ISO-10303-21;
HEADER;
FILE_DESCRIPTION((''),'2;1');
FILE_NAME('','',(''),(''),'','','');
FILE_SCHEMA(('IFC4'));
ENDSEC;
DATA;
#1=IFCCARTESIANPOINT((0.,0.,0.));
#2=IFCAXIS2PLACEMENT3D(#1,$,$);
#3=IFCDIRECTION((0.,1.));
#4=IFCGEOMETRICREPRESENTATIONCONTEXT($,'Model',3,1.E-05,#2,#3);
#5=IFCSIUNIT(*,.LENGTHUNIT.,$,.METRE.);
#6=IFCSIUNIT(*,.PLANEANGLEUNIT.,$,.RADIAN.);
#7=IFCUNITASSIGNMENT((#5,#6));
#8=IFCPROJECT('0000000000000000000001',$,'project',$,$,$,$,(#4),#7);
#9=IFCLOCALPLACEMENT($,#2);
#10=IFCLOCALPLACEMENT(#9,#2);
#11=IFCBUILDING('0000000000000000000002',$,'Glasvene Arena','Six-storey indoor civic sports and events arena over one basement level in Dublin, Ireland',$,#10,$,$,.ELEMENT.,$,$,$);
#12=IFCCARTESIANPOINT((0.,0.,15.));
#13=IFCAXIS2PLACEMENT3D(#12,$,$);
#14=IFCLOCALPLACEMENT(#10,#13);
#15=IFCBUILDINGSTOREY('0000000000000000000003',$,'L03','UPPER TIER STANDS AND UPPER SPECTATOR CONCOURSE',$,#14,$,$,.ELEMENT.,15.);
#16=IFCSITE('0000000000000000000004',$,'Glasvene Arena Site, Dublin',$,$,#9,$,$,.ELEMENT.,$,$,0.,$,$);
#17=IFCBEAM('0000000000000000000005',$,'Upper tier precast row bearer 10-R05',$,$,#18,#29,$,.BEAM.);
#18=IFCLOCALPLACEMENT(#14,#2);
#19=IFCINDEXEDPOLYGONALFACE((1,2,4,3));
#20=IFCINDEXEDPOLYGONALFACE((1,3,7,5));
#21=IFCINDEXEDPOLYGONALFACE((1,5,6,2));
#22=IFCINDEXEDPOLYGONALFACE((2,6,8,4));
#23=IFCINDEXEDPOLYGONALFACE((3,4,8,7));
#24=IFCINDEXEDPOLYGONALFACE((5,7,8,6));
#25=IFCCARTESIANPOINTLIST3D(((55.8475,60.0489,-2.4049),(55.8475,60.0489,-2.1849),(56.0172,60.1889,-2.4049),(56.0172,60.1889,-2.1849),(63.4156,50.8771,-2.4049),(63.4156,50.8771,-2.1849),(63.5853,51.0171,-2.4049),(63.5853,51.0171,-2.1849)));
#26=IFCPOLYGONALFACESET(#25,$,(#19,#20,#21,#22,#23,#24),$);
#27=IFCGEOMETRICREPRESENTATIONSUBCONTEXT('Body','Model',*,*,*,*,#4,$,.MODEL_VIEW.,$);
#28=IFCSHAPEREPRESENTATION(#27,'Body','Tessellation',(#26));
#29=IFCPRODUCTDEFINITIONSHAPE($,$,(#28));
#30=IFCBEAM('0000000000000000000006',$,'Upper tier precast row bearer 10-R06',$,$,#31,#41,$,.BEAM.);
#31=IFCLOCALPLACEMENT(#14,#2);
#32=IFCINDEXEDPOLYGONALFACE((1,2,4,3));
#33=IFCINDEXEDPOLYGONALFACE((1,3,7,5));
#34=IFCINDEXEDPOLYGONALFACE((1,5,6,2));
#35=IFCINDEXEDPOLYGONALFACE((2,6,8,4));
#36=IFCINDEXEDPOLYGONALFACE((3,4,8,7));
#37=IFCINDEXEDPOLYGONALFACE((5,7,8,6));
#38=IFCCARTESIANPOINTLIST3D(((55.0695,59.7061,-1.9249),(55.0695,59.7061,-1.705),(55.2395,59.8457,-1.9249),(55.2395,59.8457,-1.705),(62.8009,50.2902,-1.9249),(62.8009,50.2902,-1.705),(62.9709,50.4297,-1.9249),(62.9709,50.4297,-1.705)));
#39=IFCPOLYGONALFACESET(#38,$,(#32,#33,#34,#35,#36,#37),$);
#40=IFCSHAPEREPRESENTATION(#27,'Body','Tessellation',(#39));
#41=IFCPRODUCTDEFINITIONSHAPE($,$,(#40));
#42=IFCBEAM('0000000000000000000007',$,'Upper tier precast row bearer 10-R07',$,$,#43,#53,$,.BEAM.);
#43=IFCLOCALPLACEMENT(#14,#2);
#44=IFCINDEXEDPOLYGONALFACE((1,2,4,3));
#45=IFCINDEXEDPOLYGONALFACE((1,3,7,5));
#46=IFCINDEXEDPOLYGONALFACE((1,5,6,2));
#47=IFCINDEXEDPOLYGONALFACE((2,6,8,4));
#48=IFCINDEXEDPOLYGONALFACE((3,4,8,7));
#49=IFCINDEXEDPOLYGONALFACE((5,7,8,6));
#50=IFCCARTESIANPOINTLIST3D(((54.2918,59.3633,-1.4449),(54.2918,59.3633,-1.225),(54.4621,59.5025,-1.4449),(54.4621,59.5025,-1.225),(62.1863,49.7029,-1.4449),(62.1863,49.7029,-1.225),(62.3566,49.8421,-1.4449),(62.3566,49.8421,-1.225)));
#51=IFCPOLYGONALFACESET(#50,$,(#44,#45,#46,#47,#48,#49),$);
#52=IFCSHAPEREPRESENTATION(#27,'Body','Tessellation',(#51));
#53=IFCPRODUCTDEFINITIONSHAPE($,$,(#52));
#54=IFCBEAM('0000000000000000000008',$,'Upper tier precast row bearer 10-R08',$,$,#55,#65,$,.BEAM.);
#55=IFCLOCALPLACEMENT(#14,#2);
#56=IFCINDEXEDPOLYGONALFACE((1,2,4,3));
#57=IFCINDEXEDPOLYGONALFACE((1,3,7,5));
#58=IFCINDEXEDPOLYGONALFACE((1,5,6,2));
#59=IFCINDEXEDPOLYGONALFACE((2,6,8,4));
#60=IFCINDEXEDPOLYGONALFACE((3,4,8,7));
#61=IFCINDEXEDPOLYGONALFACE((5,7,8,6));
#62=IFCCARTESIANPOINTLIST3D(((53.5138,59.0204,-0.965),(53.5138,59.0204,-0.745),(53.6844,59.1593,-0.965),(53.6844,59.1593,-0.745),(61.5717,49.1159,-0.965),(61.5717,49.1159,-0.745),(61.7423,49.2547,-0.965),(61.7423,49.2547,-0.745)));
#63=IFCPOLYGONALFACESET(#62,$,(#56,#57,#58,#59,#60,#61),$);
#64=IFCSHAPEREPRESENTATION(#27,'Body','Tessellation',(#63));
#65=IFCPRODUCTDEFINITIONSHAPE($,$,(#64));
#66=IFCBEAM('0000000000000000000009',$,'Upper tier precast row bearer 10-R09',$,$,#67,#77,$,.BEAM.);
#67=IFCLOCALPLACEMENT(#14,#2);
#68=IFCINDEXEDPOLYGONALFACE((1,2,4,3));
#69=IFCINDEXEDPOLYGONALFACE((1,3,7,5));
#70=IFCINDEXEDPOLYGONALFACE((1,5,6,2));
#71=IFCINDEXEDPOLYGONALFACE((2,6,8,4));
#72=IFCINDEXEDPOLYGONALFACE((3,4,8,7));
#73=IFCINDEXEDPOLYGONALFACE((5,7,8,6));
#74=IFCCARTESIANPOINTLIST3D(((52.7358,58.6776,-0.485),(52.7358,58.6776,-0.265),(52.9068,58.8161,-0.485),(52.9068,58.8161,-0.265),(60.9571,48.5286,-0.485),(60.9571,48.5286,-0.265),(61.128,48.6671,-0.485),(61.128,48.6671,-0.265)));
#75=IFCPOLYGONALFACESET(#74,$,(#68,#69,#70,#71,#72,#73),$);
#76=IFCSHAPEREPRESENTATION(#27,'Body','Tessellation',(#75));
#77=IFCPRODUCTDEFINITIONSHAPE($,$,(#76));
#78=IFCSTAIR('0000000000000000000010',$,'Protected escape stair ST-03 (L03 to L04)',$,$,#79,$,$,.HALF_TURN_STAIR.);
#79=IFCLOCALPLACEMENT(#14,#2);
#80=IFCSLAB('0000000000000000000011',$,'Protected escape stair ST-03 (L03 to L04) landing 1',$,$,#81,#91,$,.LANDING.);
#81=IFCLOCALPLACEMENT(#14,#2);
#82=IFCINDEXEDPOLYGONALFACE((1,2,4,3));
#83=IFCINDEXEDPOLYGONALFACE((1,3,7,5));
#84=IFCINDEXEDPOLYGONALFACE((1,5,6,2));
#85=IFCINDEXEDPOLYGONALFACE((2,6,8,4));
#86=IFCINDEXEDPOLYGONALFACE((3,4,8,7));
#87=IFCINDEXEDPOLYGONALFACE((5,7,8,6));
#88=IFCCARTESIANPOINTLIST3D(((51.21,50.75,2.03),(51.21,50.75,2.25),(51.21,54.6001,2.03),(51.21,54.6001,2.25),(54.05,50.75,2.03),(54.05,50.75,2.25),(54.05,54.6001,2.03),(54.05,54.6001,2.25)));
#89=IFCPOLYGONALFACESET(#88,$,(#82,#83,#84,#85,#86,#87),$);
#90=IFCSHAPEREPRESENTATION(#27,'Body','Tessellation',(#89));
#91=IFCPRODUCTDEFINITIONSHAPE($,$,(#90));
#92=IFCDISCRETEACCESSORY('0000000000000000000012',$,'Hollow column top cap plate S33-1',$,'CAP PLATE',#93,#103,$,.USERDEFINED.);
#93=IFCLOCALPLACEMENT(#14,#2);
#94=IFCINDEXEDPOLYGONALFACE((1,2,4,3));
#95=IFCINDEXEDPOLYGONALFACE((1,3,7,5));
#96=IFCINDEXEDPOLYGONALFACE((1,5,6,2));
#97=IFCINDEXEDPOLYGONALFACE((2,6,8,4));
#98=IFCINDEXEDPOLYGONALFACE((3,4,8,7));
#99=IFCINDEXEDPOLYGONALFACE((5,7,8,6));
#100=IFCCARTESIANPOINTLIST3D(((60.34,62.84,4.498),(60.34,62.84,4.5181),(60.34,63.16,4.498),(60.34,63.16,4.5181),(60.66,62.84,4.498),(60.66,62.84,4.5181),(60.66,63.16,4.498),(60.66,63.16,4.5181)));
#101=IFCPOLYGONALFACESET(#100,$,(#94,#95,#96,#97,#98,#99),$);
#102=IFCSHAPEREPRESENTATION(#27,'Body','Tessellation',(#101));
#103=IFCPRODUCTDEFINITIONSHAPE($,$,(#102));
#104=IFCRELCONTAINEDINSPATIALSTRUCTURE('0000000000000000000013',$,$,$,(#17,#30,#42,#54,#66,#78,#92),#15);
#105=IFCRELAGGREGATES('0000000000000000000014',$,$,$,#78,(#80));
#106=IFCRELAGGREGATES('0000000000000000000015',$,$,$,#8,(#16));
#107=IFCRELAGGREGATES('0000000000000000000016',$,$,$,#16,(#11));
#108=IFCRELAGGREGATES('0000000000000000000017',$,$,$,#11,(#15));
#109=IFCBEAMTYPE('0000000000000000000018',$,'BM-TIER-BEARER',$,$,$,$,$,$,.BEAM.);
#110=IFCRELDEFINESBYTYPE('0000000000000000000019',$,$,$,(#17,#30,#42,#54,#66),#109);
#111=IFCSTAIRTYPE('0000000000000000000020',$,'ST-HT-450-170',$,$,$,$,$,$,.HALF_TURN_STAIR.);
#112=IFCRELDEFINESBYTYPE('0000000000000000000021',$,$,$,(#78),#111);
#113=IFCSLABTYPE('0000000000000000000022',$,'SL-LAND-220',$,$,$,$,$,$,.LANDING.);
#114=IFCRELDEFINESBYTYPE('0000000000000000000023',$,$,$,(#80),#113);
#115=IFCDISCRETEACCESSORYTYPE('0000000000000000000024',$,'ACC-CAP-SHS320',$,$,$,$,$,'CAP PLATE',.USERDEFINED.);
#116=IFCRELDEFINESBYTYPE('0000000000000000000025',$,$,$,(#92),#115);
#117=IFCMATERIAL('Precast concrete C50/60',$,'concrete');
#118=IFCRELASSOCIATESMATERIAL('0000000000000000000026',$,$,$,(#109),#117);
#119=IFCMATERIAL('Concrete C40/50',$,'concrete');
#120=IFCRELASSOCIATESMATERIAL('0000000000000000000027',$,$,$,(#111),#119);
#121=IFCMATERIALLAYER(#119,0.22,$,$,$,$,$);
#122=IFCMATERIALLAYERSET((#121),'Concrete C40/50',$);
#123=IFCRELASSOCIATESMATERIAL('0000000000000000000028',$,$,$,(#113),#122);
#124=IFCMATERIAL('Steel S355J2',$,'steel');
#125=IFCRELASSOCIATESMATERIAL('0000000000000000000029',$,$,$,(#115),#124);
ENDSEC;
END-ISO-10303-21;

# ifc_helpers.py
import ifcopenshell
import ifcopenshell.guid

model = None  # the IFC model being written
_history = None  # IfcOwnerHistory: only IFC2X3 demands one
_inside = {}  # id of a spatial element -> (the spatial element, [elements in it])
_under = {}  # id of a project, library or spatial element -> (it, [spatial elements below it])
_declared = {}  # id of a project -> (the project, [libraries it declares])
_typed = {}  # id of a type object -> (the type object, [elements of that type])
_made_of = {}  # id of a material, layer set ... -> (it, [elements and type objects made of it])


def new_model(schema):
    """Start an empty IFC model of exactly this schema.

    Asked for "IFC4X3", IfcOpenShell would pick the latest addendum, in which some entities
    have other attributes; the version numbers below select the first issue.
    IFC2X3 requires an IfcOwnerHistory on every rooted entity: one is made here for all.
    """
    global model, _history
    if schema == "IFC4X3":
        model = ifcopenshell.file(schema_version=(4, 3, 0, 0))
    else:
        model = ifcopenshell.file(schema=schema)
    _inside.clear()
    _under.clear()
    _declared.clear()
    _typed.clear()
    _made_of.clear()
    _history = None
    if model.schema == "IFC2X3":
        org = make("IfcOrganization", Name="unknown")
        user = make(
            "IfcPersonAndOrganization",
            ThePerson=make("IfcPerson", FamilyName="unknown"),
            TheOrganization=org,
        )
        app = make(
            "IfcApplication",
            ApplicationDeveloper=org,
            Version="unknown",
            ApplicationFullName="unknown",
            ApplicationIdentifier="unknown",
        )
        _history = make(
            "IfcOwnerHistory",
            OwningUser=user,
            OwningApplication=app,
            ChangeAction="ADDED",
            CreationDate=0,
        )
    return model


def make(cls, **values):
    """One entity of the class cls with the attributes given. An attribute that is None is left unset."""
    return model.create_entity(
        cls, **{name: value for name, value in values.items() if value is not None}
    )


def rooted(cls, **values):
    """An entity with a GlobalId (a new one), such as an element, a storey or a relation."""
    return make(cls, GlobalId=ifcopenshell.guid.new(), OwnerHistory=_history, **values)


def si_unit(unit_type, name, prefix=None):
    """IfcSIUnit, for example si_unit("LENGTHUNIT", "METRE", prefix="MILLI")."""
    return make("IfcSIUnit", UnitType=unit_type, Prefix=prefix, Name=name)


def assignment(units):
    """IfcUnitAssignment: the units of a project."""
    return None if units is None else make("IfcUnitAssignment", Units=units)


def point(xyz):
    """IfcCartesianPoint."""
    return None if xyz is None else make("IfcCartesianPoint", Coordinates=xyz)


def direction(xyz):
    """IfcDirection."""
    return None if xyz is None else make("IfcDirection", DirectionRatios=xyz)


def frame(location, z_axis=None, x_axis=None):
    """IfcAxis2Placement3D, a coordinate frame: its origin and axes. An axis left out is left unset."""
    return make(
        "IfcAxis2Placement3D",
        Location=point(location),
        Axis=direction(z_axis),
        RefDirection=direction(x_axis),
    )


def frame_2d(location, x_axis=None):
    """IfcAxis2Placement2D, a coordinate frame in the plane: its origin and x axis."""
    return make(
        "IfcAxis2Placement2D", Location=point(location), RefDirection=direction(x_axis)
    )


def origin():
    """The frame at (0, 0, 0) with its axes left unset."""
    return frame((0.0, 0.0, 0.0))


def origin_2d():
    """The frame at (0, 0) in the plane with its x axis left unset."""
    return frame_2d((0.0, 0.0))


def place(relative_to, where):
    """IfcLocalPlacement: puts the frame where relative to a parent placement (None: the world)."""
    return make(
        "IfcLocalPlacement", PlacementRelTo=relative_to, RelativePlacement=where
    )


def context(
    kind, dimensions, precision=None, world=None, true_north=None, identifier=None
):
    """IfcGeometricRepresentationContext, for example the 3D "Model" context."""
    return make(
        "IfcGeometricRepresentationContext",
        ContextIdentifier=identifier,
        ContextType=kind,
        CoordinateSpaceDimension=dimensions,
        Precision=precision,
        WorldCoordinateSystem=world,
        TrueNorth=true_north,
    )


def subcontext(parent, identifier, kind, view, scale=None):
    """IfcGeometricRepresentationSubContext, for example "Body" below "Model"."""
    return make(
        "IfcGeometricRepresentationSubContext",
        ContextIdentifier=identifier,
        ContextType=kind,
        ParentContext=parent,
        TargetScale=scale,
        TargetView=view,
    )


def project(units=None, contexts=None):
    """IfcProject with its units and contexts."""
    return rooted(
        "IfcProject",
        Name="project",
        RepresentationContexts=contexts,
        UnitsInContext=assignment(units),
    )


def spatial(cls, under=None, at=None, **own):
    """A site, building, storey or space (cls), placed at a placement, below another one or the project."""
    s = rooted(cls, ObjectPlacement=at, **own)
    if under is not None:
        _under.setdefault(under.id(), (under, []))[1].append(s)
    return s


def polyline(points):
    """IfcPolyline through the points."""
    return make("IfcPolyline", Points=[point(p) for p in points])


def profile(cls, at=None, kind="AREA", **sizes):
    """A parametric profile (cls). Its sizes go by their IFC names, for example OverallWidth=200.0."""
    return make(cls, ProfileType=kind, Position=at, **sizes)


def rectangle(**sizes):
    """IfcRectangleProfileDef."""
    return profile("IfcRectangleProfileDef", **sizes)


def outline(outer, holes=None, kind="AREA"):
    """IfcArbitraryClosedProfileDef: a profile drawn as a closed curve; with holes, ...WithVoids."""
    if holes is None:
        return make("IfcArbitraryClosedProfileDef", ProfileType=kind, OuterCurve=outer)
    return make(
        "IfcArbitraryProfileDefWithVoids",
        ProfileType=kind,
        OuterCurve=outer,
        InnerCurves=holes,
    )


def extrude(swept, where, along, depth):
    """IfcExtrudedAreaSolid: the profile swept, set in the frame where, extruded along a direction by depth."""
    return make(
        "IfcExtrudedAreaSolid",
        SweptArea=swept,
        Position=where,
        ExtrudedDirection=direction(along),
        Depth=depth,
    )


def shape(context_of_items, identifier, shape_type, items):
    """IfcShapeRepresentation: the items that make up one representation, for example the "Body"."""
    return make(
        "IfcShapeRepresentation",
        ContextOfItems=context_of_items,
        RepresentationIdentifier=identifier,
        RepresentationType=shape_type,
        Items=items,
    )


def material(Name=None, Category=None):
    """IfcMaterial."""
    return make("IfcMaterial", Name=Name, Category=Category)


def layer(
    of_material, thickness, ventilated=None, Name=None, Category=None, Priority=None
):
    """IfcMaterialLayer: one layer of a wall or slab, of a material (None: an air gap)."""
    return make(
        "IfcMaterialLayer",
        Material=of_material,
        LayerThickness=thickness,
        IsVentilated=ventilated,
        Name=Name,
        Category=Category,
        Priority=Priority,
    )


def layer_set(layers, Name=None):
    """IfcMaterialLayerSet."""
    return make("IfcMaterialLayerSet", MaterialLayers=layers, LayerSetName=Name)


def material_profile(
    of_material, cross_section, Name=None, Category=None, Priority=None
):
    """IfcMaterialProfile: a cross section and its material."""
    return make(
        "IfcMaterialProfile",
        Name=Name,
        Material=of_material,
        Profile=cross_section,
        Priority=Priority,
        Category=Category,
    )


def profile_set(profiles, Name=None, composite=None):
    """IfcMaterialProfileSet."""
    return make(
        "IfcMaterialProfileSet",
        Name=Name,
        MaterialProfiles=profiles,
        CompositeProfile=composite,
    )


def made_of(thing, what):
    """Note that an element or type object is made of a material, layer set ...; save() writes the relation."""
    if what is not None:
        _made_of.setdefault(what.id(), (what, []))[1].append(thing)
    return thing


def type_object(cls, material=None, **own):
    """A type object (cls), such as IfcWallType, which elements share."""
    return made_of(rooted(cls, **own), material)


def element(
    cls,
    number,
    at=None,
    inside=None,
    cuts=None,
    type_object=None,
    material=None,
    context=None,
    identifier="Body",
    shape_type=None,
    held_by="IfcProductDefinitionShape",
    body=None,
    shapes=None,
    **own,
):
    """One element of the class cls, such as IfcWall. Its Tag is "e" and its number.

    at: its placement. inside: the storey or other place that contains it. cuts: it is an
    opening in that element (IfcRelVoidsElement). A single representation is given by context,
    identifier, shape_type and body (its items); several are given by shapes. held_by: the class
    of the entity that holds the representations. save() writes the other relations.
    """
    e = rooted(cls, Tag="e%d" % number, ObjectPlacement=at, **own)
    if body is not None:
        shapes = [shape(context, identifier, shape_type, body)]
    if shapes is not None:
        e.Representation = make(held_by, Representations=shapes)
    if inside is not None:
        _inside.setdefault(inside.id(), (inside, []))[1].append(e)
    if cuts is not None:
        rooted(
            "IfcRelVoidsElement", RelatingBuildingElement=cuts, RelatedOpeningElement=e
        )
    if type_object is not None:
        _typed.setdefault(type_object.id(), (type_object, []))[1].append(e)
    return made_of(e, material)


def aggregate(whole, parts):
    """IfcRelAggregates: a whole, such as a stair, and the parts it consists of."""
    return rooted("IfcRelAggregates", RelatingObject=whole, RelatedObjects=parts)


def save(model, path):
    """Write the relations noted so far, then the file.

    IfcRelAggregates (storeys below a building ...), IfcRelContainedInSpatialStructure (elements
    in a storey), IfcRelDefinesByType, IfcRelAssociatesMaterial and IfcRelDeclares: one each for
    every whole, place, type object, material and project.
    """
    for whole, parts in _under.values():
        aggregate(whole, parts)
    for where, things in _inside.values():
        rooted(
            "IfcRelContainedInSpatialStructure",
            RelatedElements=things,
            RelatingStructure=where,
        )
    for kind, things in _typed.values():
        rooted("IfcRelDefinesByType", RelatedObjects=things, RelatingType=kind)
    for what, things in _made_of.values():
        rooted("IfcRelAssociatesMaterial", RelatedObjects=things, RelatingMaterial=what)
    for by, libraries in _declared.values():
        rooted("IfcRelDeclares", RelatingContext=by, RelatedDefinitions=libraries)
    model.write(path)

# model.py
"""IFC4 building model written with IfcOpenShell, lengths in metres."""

from ifc_helpers import new_model, si_unit, direction, frame, origin, origin_2d, place, context, subcontext, project, spatial, polyline, rectangle, outline, extrude, material, layer, layer_set, material_profile, profile_set, type_object, element, aggregate, save


model = new_model("IFC4")

# Units and contexts
model_context = context("Model", 3, precision=1e-05, world=origin(), true_north=direction((0.0, 1.0)))
body_context = subcontext(model_context, "Body", "Model", "MODEL_VIEW")
ifc_project = project(units=[si_unit("LENGTHUNIT", "METRE"), si_unit("PLANEANGLEUNIT", "RADIAN")], contexts=[model_context])

# Site, building, storey
site_placement = place(None, origin())
site = spatial("IfcSite", under=ifc_project, at=site_placement, Name="Glasvene Arena Site, Dublin", CompositionType="ELEMENT", RefElevation=0.0)
building_placement = place(site_placement, origin())
building = spatial("IfcBuilding", under=site, at=building_placement, Name="Glasvene Arena", Description="Six-storey indoor civic sports and events arena over one basement level in Dublin, Ireland", CompositionType="ELEMENT")
storey_placement = place(building_placement, frame((0.0, 0.0, 15.0)))
storey = spatial("IfcBuildingStorey", under=building, at=storey_placement, Name="L03", Description="UPPER TIER STANDS AND UPPER SPECTATOR CONCOURSE", CompositionType="ELEMENT", Elevation=15.0)

# Shared definitions
ifc_material_1 = material(Name="Steel S355J2", Category="steel")

# Beams
ifc_material_2 = material(Name="Precast concrete C50/60", Category="concrete")
ifc_material_profile_1 = material_profile(ifc_material_2, rectangle(XDim=0.22, YDim=0.22, at=origin_2d()), Name="RC 220x220")
ifc_profile_set_1 = profile_set([ifc_material_profile_1], Name="Precast concrete C50/60")
beam_type_1 = type_object("IfcBeamType", Name="BM-TIER-BEARER", PredefinedType="BEAM", material=ifc_profile_set_1)
beam_1_placement = place(storey_placement, frame((55.9324, 60.1189, -2.2949), z_axis=(0.636449, -0.771319, 0.0), x_axis=(0.771319, 0.636449, 0.0)))
element("IfcBeam", 1, at=beam_1_placement, inside=storey, type_object=beam_type_1, Name="Upper tier precast row bearer 10-R05", PredefinedType="BEAM", context=body_context, shape_type="SweptSolid", body=[
    extrude(rectangle(XDim=0.22, YDim=0.22, at=origin_2d()), origin(), (0.0, 0.0, 1.0), 11.8911),
])
beam_2_placement = place(storey_placement, frame((55.1545, 59.7759, -1.8149), z_axis=(0.634586, -0.772853, 0.0), x_axis=(0.772853, 0.634586, 0.0)))
element("IfcBeam", 2, at=beam_2_placement, inside=storey, type_object=beam_type_1, Name="Upper tier precast row bearer 10-R06", PredefinedType="BEAM", context=body_context, shape_type="SweptSolid", body=[
    extrude(rectangle(XDim=0.22, YDim=0.22, at=origin_2d()), origin(), (0.0, 0.0, 1.0), 12.1833),
])
beam_3_placement = place(storey_placement, frame((54.377, 59.4329, -1.335), z_axis=(0.632785, -0.774328, 0.0), x_axis=(0.774328, 0.632785, 0.0)))
element("IfcBeam", 3, at=beam_3_placement, inside=storey, type_object=beam_type_1, Name="Upper tier precast row bearer 10-R07", PredefinedType="BEAM", context=body_context, shape_type="SweptSolid", body=[
    extrude(rectangle(XDim=0.22, YDim=0.22, at=origin_2d()), origin(), (0.0, 0.0, 1.0), 12.4758),
])
beam_4_placement = place(storey_placement, frame((53.5991, 59.0898, -0.855), z_axis=(0.631084, -0.775714, 0.0), x_axis=(0.775714, 0.631084, 0.0)))
element("IfcBeam", 4, at=beam_4_placement, inside=storey, type_object=beam_type_1, Name="Upper tier precast row bearer 10-R08", PredefinedType="BEAM", context=body_context, shape_type="SweptSolid", body=[
    extrude(rectangle(XDim=0.22, YDim=0.22, at=origin_2d()), origin(), (0.0, 0.0, 1.0), 12.7683),
])
beam_5_placement = place(storey_placement, frame((52.8213, 58.7468, -0.375), z_axis=(0.629448, -0.777043, 0.0), x_axis=(0.777043, 0.629448, 0.0)))
element("IfcBeam", 5, at=beam_5_placement, inside=storey, type_object=beam_type_1, Name="Upper tier precast row bearer 10-R09", PredefinedType="BEAM", context=body_context, shape_type="SweptSolid", body=[
    extrude(rectangle(XDim=0.22, YDim=0.22, at=origin_2d()), origin(), (0.0, 0.0, 1.0), 13.061),
])

# Stair, slab
ifc_material_3 = material(Name="Concrete C40/50", Category="concrete")
stair_type = type_object("IfcStairType", Name="ST-HT-450-170", PredefinedType="HALF_TURN_STAIR", material=ifc_material_3)
stair_placement = place(storey_placement, origin())
stair = element("IfcStair", 6, at=stair_placement, inside=storey, type_object=stair_type, Name="Protected escape stair ST-03 (L03 to L04)", PredefinedType="HALF_TURN_STAIR")
ifc_layer_1 = layer(ifc_material_3, 0.22)
ifc_layer_set_1 = layer_set([ifc_layer_1], Name="Concrete C40/50")
slab_type_1 = type_object("IfcSlabType", Name="SL-LAND-220", PredefinedType="LANDING", material=ifc_layer_set_1)
slab_1_placement = place(storey_placement, frame((52.6299, 52.675, 2.03)))
slab_1 = element("IfcSlab", 7, at=slab_1_placement, type_object=slab_type_1, Name="Protected escape stair ST-03 (L03 to L04) landing 1", PredefinedType="LANDING", context=body_context, shape_type="SweptSolid", body=[
    extrude(outline(polyline([(-1.4199, -1.925), (1.4202, -1.925), (1.4202, 1.925), (-1.4199, 1.925), (-1.4199, -1.925)])), origin(), (0.0, 0.0, 1.0), 0.22),
])
aggregate(stair, [slab_1])

# Discrete accessory
discrete_accessory_type = type_object("IfcDiscreteAccessoryType", Name="ACC-CAP-SHS320", ElementType="CAP PLATE", PredefinedType="USERDEFINED", material=ifc_material_1)
discrete_accessory_placement = place(storey_placement, frame((60.5, 63.0, 4.498), z_axis=(0.0, 0.0, 1.0), x_axis=(1.0, 0.0, 0.0)))
element("IfcDiscreteAccessory", 8, at=discrete_accessory_placement, inside=storey, type_object=discrete_accessory_type, Name="Hollow column top cap plate S33-1", ObjectType="CAP PLATE", PredefinedType="USERDEFINED", context=body_context, shape_type="SweptSolid", body=[
    extrude(rectangle(XDim=0.3201, YDim=0.3201, at=origin_2d()), origin(), (0.0, 0.0, 1.0), 0.02),
])

save(model, "model.ifc")
